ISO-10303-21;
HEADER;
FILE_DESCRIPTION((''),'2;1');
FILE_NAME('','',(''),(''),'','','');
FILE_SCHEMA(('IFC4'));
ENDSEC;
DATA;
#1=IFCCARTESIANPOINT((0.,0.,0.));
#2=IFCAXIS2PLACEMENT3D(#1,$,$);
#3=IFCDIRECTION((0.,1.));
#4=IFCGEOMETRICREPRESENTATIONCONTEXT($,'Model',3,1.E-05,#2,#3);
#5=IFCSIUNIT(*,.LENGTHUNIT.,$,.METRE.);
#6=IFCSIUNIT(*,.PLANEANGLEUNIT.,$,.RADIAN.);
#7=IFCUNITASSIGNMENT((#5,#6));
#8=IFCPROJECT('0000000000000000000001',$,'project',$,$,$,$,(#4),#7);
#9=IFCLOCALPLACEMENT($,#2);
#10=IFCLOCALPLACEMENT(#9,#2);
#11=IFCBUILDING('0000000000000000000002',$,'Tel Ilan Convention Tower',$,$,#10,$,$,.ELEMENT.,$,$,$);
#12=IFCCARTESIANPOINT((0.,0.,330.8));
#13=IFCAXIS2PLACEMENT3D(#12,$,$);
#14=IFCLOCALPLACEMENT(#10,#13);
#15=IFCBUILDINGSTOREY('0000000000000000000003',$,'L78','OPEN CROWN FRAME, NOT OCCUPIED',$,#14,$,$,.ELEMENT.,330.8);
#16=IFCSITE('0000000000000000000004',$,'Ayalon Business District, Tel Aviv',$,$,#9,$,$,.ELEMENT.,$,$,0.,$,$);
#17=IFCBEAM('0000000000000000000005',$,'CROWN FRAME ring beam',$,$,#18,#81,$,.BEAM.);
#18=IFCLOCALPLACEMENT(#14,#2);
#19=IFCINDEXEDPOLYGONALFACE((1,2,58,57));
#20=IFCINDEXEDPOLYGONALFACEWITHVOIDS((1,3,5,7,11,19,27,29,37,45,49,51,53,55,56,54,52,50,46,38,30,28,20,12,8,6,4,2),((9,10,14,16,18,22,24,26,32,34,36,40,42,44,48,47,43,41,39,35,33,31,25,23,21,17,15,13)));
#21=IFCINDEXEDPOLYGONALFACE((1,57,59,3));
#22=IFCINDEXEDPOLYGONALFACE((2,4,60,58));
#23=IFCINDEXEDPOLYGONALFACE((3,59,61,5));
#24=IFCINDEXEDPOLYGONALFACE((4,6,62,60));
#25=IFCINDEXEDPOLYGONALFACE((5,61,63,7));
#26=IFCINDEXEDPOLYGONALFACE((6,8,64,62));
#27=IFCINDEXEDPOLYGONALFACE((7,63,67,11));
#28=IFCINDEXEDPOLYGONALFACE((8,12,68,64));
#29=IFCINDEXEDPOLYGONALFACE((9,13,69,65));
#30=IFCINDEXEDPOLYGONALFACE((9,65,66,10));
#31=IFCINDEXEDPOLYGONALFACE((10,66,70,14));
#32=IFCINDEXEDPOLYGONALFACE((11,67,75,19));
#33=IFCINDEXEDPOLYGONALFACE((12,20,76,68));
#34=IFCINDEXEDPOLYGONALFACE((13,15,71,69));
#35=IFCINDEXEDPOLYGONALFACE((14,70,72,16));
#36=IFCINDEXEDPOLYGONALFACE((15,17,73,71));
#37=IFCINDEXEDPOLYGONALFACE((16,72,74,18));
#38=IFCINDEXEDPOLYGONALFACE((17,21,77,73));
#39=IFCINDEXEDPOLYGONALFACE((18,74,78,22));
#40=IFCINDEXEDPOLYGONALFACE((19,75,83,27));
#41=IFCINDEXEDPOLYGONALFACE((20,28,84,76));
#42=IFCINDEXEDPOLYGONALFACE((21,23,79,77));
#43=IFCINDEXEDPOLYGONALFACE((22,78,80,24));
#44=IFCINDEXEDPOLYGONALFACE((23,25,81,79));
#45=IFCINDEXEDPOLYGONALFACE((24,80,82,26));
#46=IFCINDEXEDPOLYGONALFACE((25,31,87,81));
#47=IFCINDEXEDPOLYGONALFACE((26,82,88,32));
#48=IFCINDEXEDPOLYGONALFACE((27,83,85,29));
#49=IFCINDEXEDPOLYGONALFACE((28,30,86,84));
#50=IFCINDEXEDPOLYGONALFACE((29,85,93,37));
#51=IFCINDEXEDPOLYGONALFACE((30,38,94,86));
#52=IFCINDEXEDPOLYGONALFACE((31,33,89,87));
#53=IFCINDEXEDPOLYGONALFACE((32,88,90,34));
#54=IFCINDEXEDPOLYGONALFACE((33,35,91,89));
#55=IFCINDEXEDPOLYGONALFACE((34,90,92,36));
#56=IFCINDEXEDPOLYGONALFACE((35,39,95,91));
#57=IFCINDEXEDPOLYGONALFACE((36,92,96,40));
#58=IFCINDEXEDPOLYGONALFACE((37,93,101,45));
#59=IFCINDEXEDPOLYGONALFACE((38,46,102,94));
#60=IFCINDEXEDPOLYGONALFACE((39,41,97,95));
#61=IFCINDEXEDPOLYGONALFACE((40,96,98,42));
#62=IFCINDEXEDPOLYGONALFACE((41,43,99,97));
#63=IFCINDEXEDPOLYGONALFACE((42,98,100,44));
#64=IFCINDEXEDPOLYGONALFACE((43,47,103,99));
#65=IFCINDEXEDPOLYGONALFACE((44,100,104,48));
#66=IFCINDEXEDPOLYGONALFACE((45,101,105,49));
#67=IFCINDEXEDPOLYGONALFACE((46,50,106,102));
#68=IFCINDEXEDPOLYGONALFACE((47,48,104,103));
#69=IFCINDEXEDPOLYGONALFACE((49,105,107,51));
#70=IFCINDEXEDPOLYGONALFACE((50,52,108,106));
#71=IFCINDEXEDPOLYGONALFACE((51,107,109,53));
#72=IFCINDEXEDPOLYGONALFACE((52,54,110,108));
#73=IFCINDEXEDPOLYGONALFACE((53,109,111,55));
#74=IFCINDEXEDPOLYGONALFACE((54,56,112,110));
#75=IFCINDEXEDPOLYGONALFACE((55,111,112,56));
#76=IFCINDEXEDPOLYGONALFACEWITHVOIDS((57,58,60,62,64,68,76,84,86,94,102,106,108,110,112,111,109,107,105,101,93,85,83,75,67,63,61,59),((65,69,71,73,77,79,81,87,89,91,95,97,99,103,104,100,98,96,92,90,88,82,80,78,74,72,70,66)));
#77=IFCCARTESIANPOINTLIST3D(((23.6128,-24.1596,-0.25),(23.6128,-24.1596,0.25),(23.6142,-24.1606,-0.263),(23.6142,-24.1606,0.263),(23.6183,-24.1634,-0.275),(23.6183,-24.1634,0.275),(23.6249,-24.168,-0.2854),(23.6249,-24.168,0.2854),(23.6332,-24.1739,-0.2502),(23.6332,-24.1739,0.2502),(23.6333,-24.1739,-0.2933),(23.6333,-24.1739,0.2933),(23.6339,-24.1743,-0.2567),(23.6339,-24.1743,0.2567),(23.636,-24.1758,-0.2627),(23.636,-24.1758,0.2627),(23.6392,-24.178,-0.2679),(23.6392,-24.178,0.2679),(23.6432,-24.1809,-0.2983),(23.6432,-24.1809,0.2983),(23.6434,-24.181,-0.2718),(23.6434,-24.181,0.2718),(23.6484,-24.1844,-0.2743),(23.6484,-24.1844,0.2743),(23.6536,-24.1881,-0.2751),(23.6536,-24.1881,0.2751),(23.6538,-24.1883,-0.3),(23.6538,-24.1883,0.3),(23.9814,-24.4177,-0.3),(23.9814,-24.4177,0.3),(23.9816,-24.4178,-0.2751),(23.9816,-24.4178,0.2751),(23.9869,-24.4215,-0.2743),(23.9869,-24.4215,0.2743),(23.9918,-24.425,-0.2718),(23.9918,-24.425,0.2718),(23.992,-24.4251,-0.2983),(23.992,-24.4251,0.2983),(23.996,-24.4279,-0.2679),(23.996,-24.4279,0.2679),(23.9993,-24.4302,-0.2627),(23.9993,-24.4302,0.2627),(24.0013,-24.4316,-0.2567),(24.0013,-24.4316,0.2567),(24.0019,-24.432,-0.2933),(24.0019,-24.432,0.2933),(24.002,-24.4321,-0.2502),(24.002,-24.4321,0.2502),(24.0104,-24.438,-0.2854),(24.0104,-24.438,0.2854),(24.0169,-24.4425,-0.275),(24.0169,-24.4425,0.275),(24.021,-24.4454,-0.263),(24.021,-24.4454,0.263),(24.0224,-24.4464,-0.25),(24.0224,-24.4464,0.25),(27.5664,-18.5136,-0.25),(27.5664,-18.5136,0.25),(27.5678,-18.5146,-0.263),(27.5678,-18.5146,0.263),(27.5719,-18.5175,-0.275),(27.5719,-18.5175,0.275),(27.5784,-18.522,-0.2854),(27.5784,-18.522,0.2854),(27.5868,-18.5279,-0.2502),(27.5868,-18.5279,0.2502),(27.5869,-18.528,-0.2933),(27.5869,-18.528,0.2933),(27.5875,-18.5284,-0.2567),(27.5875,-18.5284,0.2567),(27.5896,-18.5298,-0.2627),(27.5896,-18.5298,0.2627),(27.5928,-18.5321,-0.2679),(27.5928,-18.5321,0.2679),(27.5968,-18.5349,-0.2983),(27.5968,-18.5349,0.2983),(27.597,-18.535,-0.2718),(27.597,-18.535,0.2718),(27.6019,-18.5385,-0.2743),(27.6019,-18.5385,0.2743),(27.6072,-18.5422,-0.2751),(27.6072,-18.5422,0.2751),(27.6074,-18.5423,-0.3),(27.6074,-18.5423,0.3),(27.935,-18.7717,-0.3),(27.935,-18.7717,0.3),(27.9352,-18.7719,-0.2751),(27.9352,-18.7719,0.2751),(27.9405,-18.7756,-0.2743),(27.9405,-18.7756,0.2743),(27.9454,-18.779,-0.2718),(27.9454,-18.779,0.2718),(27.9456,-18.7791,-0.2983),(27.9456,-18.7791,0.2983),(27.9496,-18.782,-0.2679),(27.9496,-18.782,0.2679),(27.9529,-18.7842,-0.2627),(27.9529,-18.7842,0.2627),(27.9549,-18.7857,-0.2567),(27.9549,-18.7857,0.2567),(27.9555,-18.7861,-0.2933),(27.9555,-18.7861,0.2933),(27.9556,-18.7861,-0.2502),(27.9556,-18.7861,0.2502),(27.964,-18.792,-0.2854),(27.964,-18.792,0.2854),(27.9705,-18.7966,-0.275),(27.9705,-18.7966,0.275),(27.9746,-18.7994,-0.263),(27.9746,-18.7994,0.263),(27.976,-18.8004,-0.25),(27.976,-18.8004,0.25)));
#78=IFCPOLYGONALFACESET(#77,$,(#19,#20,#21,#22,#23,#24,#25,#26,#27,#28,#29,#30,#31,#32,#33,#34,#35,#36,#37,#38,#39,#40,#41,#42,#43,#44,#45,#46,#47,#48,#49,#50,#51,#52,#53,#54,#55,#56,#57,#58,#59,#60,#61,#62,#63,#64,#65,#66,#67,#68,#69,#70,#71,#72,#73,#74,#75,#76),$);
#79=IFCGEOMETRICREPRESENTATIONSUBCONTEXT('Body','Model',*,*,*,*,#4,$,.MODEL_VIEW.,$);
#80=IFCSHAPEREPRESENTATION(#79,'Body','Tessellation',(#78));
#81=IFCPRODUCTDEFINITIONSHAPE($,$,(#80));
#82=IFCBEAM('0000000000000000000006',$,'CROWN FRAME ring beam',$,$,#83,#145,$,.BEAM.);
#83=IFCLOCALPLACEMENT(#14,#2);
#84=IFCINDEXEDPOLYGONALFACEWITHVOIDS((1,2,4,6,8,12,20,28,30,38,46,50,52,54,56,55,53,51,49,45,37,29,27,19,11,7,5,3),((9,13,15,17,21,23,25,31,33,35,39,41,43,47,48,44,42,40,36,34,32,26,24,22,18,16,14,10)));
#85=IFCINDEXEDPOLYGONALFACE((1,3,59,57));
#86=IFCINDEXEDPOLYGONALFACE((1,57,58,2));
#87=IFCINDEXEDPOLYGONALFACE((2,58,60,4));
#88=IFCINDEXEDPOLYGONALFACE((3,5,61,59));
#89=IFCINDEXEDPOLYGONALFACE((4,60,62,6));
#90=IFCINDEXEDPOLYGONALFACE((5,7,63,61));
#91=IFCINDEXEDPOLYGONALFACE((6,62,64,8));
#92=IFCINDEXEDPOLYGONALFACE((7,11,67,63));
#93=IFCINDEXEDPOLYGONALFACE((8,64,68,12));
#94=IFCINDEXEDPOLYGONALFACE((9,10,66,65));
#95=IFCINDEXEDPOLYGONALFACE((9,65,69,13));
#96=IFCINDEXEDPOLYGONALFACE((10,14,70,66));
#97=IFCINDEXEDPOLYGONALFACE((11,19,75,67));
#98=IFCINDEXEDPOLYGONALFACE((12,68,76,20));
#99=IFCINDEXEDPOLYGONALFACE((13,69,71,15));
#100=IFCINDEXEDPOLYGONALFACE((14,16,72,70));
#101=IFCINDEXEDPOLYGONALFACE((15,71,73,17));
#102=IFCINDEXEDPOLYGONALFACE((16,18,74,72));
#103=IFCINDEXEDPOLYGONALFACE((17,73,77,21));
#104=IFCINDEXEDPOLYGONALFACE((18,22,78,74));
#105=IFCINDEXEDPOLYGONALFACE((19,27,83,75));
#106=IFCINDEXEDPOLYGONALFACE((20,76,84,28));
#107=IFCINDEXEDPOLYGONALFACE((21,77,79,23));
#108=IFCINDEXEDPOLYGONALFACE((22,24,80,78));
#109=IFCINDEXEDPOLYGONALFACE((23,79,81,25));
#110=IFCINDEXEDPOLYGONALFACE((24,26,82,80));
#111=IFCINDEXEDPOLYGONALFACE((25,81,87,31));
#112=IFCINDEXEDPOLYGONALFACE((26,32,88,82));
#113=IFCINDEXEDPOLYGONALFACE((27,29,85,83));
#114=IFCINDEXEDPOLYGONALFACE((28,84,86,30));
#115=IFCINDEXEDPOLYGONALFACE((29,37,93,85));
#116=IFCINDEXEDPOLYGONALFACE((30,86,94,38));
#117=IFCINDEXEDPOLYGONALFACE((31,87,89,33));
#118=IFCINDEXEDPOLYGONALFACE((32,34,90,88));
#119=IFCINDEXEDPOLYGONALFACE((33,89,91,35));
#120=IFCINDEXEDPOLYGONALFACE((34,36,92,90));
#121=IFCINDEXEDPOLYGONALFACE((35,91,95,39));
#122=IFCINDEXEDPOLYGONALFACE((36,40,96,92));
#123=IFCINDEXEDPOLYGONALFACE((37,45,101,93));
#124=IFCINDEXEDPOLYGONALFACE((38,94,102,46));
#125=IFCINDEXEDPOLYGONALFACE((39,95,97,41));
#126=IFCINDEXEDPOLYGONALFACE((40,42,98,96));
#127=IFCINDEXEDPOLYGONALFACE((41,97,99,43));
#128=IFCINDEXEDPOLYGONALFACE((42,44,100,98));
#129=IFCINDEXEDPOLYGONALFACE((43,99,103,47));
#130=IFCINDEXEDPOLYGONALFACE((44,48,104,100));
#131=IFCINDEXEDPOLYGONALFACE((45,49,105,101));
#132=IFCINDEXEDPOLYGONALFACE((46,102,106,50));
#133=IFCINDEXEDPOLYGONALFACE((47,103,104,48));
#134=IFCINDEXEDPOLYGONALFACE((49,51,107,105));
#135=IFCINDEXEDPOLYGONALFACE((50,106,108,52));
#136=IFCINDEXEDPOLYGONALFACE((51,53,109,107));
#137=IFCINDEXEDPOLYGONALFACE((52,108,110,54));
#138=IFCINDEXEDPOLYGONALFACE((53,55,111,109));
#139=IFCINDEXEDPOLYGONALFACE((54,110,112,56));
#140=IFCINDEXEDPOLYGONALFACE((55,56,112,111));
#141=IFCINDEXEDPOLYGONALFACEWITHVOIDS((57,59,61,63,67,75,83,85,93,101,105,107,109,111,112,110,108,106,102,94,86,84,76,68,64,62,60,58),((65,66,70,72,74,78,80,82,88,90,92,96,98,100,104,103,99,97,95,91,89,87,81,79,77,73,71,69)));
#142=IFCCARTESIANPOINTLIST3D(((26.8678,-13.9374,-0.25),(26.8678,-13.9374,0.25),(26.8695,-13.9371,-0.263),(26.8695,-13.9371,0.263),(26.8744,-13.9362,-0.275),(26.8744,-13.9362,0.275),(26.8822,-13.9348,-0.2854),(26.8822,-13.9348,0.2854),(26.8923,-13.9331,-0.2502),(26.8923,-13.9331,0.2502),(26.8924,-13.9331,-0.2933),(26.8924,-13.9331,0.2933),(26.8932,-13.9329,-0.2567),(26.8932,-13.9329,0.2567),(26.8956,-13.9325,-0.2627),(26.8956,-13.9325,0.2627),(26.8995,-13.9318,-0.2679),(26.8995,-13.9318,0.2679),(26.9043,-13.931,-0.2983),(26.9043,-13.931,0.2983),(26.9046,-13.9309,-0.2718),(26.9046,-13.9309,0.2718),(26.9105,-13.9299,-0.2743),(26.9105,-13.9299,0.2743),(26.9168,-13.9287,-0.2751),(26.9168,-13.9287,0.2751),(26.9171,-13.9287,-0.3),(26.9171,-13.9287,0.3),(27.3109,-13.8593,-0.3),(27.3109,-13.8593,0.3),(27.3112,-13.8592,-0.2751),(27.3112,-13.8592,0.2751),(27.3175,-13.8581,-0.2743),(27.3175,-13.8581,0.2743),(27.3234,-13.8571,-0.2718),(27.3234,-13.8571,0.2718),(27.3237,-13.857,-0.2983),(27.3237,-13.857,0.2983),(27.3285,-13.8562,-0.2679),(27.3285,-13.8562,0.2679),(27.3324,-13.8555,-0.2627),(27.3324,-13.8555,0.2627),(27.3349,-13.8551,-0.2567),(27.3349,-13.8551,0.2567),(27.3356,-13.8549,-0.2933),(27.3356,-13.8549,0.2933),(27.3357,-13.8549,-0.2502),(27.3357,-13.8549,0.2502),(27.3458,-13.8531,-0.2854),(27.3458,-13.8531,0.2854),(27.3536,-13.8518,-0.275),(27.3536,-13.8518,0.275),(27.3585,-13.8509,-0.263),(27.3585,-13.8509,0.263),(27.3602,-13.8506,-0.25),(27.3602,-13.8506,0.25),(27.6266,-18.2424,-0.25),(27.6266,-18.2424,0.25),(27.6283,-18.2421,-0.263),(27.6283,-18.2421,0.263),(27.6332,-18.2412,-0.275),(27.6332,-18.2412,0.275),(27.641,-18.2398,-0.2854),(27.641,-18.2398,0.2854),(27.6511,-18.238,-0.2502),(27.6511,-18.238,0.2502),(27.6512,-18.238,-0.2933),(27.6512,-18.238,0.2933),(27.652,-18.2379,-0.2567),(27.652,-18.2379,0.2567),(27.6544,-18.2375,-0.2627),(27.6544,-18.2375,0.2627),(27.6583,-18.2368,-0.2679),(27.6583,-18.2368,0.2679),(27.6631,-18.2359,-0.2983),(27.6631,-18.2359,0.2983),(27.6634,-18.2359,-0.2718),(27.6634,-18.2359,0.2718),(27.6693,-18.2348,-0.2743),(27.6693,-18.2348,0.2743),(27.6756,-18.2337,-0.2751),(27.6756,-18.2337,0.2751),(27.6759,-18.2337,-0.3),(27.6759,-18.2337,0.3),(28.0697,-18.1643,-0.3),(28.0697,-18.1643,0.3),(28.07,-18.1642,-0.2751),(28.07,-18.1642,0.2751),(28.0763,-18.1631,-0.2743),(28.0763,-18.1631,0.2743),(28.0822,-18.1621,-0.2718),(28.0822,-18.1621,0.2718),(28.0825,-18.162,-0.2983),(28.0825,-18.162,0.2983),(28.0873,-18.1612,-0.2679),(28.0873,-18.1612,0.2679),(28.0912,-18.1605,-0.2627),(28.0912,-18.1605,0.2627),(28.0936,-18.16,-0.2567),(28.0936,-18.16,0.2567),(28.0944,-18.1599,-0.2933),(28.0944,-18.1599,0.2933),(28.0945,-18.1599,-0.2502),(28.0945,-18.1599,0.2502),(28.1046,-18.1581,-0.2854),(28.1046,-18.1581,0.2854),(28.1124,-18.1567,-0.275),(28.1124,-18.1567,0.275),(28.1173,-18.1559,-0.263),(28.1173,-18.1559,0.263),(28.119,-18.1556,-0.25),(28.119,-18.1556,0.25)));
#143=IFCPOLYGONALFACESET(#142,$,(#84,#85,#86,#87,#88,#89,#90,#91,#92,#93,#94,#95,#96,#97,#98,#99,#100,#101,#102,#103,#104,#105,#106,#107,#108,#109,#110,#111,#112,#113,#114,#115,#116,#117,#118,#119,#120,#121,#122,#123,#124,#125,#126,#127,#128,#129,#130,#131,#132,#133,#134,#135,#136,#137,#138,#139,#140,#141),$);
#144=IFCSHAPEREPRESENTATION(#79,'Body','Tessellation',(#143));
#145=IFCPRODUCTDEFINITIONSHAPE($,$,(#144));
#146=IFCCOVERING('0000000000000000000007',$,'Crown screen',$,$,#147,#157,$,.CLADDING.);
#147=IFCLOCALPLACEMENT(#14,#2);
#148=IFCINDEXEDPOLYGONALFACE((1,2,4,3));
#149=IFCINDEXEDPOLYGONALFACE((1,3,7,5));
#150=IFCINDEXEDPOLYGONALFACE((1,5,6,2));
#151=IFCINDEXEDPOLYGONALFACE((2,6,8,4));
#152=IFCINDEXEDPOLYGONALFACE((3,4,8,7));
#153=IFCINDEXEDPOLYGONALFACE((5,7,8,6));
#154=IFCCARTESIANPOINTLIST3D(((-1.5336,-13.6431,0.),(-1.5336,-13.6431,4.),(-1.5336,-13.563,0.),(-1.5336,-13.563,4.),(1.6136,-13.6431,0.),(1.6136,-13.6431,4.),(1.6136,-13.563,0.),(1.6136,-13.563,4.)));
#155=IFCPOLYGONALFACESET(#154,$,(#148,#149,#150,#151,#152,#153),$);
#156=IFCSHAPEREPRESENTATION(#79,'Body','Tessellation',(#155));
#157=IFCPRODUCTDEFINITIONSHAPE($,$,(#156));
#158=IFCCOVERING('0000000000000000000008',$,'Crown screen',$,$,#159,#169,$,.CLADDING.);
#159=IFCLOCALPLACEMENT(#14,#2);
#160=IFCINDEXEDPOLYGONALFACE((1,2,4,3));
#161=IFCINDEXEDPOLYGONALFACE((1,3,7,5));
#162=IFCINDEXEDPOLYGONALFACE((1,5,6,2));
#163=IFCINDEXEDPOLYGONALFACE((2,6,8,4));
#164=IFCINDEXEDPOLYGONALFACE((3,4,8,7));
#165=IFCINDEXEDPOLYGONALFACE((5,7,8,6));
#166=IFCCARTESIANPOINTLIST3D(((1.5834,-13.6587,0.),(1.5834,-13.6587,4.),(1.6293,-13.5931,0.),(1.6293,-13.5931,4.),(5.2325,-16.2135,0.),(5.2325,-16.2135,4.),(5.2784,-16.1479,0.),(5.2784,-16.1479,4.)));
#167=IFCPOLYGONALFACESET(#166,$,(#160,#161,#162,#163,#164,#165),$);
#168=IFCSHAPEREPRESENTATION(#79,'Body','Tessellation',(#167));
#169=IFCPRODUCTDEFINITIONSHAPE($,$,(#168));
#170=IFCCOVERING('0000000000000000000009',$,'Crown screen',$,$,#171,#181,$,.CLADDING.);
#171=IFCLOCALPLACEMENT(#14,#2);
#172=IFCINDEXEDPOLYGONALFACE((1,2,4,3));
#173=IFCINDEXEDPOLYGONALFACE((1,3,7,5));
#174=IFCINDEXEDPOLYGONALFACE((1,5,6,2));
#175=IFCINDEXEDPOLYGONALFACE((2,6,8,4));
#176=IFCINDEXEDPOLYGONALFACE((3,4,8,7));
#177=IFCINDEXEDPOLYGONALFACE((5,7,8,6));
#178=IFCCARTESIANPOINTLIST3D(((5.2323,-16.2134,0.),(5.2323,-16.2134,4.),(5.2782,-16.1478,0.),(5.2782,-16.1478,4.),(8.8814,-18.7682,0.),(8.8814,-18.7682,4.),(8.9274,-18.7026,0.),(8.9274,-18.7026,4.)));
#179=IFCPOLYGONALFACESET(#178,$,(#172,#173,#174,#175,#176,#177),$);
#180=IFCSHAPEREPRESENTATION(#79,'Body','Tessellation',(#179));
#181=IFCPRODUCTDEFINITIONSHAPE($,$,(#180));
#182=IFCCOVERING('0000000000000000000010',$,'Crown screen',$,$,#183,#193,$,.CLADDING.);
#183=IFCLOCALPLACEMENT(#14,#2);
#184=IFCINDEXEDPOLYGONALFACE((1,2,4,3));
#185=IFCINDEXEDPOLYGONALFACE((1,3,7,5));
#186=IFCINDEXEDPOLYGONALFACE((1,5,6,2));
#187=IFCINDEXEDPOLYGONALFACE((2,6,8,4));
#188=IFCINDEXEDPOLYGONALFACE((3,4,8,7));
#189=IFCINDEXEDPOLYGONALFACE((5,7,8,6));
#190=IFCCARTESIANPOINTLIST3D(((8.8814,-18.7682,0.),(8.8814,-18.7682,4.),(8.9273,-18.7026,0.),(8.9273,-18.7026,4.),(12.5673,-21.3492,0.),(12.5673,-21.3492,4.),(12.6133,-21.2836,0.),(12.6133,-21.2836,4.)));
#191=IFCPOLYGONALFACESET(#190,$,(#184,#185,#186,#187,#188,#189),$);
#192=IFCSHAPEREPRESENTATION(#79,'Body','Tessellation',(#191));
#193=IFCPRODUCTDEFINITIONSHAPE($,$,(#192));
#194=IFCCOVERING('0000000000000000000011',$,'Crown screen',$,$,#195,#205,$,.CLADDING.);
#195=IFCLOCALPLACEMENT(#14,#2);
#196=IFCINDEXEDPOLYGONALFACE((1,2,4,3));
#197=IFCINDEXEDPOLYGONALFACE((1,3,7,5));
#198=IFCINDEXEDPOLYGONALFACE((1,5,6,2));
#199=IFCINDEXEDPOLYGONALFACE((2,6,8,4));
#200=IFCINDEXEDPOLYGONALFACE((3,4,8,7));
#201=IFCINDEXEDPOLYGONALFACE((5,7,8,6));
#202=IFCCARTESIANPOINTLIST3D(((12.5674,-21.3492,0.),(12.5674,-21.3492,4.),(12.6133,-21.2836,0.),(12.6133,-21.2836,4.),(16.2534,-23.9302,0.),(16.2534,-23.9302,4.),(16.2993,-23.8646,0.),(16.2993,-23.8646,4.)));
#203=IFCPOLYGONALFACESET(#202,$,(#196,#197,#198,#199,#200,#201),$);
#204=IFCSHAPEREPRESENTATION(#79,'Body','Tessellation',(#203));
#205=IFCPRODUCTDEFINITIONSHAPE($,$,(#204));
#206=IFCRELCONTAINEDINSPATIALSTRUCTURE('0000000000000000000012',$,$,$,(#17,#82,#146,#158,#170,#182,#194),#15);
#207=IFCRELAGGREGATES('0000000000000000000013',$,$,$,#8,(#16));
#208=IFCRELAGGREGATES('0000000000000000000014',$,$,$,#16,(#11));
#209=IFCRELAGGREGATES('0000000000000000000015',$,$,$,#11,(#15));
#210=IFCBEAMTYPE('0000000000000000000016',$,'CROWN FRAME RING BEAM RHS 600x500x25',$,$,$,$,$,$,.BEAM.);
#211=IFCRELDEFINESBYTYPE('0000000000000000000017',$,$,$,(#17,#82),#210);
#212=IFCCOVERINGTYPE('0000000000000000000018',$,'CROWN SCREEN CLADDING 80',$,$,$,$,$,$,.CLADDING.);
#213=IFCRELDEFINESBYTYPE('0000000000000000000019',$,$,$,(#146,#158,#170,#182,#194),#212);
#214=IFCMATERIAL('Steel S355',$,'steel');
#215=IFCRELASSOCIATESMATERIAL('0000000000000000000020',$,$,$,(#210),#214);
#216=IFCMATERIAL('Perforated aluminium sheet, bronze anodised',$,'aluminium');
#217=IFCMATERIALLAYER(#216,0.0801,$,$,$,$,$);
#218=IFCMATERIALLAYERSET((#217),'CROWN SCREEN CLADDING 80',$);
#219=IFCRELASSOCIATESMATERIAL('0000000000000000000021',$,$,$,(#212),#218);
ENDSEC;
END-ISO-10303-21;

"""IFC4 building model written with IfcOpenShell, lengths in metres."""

from ifc_helpers import new_model, si_unit, direction, frame, origin, origin_2d, place, context, subcontext, project, spatial, rectangle, hollow_rectangle, extrude, material, layer, layer_set, material_profile, profile_set, type_object, element, save


model = new_model("IFC4")

# Units and contexts
model_context = context("Model", 3, precision=1e-05, world=origin(), true_north=direction((0.0, 1.0)))
body_context = subcontext(model_context, "Body", "Model", "MODEL_VIEW")
ifc_project = project(units=[si_unit("LENGTHUNIT", "METRE"), si_unit("PLANEANGLEUNIT", "RADIAN")], contexts=[model_context])

# Site, building, storey
site_placement = place(None, origin())
site = spatial("IfcSite", under=ifc_project, at=site_placement, Name="Ayalon Business District, Tel Aviv", CompositionType="ELEMENT", RefElevation=0.0)
building_placement = place(site_placement, origin())
building = spatial("IfcBuilding", under=site, at=building_placement, Name="Tel Ilan Convention Tower", CompositionType="ELEMENT")
storey_placement = place(building_placement, frame((0.0, 0.0, 330.8)))
storey = spatial("IfcBuildingStorey", under=building, at=storey_placement, Name="L78", Description="OPEN CROWN FRAME, NOT OCCUPIED", CompositionType="ELEMENT", Elevation=330.8)

# Beams
ifc_material_1 = material(Name="Steel S355", Category="steel")
ifc_material_profile_1 = material_profile(ifc_material_1, hollow_rectangle(XDim=0.5, YDim=0.6001, WallThickness=0.0249, InnerFilletRadius=0.0249, OuterFilletRadius=0.05, at=origin_2d()), Name="RHS 600x500x25")
ifc_profile_set_1 = profile_set([ifc_material_profile_1], Name="Steel S355")
beam_type = type_object("IfcBeamType", Name="CROWN FRAME RING BEAM RHS 600x500x25", PredefinedType="BEAM", material=ifc_profile_set_1)
beam_1_placement = place(storey_placement, frame((23.8176, -24.303, 0.0), z_axis=(0.5736, 0.819135, 0.0), x_axis=(-0.819135, 0.5736, 0.0)))
element("IfcBeam", 1, at=beam_1_placement, inside=storey, type_object=beam_type, Name="CROWN FRAME ring beam", PredefinedType="BEAM", context=body_context, shape_type="SweptSolid", body=[
    extrude(hollow_rectangle(XDim=0.5, YDim=0.6001, WallThickness=0.0249, InnerFilletRadius=0.0249, OuterFilletRadius=0.05, at=origin_2d()), origin(), (0.0, 0.0, 1.0), 6.8926),
])
beam_2_placement = place(storey_placement, frame((27.8728, -18.199, 0.0), z_axis=(-0.173585, 0.984819, 0.0), x_axis=(-0.984819, -0.173585, 0.0)))
element("IfcBeam", 2, at=beam_2_placement, inside=storey, type_object=beam_type, Name="CROWN FRAME ring beam", PredefinedType="BEAM", context=body_context, shape_type="SweptSolid", body=[
    extrude(hollow_rectangle(XDim=0.5, YDim=0.6001, WallThickness=0.0249, InnerFilletRadius=0.0249, OuterFilletRadius=0.05, at=origin_2d()), origin(), (0.0, 0.0, 1.0), 4.3713),
])

# Coverings
ifc_material_2 = material(Name="Perforated aluminium sheet, bronze anodised", Category="aluminium")
ifc_layer = layer(ifc_material_2, 0.0801)
ifc_layer_set = layer_set([ifc_layer], Name="CROWN SCREEN CLADDING 80")
covering_type = type_object("IfcCoveringType", Name="CROWN SCREEN CLADDING 80", PredefinedType="CLADDING", material=ifc_layer_set)
covering_1_placement = place(storey_placement, frame((0.04, -13.603, 0.0), z_axis=(0.0, 0.0, 1.0), x_axis=(1.0, 0.0, 0.0)))
element("IfcCovering", 3, at=covering_1_placement, inside=storey, type_object=covering_type, Name="Crown screen", PredefinedType="CLADDING", context=body_context, shape_type="SweptSolid", body=[
    extrude(rectangle(XDim=3.1472, YDim=0.0801, at=origin_2d()), origin(), (0.0, 0.0, 1.0), 4.0),
])
for number, where, z_axis, x_axis, name in (
    (4, (3.4309, -14.9033, 0.0), (0.0, 0.0, 1.0), (0.819185, -0.573529, 0.0), "Crown screen"),
    (5, (7.0798, -17.458, 0.0), (0.0, 0.0, 1.0), (0.819185, -0.573529, 0.0), "Crown screen"),
):
    element("IfcCovering", number, at=place(storey_placement, frame(where, z_axis=z_axis, x_axis=x_axis)), inside=storey, type_object=covering_type, Name=name, PredefinedType="CLADDING", context=body_context, shape_type="SweptSolid", body=[
        extrude(rectangle(XDim=4.4546, YDim=0.0801, at=origin_2d()), origin(), (0.0, 0.0, 1.0), 4.0),
    ])
for number, where, z_axis, x_axis, name in (
    (6, (10.7473, -20.0259, 0.0), (0.0, 0.0, 1.0), (0.819148, -0.573582, 0.0), "Crown screen"),
    (7, (14.4333, -22.6069, 0.0), (0.0, 0.0, 1.0), (0.819148, -0.573582, 0.0), "Crown screen"),
):
    element("IfcCovering", number, at=place(storey_placement, frame(where, z_axis=z_axis, x_axis=x_axis)), inside=storey, type_object=covering_type, Name=name, PredefinedType="CLADDING", context=body_context, shape_type="SweptSolid", body=[
        extrude(rectangle(XDim=4.4998, YDim=0.0801, at=origin_2d()), origin(), (0.0, 0.0, 1.0), 4.0),
    ])

save(model, "model.ifc")
